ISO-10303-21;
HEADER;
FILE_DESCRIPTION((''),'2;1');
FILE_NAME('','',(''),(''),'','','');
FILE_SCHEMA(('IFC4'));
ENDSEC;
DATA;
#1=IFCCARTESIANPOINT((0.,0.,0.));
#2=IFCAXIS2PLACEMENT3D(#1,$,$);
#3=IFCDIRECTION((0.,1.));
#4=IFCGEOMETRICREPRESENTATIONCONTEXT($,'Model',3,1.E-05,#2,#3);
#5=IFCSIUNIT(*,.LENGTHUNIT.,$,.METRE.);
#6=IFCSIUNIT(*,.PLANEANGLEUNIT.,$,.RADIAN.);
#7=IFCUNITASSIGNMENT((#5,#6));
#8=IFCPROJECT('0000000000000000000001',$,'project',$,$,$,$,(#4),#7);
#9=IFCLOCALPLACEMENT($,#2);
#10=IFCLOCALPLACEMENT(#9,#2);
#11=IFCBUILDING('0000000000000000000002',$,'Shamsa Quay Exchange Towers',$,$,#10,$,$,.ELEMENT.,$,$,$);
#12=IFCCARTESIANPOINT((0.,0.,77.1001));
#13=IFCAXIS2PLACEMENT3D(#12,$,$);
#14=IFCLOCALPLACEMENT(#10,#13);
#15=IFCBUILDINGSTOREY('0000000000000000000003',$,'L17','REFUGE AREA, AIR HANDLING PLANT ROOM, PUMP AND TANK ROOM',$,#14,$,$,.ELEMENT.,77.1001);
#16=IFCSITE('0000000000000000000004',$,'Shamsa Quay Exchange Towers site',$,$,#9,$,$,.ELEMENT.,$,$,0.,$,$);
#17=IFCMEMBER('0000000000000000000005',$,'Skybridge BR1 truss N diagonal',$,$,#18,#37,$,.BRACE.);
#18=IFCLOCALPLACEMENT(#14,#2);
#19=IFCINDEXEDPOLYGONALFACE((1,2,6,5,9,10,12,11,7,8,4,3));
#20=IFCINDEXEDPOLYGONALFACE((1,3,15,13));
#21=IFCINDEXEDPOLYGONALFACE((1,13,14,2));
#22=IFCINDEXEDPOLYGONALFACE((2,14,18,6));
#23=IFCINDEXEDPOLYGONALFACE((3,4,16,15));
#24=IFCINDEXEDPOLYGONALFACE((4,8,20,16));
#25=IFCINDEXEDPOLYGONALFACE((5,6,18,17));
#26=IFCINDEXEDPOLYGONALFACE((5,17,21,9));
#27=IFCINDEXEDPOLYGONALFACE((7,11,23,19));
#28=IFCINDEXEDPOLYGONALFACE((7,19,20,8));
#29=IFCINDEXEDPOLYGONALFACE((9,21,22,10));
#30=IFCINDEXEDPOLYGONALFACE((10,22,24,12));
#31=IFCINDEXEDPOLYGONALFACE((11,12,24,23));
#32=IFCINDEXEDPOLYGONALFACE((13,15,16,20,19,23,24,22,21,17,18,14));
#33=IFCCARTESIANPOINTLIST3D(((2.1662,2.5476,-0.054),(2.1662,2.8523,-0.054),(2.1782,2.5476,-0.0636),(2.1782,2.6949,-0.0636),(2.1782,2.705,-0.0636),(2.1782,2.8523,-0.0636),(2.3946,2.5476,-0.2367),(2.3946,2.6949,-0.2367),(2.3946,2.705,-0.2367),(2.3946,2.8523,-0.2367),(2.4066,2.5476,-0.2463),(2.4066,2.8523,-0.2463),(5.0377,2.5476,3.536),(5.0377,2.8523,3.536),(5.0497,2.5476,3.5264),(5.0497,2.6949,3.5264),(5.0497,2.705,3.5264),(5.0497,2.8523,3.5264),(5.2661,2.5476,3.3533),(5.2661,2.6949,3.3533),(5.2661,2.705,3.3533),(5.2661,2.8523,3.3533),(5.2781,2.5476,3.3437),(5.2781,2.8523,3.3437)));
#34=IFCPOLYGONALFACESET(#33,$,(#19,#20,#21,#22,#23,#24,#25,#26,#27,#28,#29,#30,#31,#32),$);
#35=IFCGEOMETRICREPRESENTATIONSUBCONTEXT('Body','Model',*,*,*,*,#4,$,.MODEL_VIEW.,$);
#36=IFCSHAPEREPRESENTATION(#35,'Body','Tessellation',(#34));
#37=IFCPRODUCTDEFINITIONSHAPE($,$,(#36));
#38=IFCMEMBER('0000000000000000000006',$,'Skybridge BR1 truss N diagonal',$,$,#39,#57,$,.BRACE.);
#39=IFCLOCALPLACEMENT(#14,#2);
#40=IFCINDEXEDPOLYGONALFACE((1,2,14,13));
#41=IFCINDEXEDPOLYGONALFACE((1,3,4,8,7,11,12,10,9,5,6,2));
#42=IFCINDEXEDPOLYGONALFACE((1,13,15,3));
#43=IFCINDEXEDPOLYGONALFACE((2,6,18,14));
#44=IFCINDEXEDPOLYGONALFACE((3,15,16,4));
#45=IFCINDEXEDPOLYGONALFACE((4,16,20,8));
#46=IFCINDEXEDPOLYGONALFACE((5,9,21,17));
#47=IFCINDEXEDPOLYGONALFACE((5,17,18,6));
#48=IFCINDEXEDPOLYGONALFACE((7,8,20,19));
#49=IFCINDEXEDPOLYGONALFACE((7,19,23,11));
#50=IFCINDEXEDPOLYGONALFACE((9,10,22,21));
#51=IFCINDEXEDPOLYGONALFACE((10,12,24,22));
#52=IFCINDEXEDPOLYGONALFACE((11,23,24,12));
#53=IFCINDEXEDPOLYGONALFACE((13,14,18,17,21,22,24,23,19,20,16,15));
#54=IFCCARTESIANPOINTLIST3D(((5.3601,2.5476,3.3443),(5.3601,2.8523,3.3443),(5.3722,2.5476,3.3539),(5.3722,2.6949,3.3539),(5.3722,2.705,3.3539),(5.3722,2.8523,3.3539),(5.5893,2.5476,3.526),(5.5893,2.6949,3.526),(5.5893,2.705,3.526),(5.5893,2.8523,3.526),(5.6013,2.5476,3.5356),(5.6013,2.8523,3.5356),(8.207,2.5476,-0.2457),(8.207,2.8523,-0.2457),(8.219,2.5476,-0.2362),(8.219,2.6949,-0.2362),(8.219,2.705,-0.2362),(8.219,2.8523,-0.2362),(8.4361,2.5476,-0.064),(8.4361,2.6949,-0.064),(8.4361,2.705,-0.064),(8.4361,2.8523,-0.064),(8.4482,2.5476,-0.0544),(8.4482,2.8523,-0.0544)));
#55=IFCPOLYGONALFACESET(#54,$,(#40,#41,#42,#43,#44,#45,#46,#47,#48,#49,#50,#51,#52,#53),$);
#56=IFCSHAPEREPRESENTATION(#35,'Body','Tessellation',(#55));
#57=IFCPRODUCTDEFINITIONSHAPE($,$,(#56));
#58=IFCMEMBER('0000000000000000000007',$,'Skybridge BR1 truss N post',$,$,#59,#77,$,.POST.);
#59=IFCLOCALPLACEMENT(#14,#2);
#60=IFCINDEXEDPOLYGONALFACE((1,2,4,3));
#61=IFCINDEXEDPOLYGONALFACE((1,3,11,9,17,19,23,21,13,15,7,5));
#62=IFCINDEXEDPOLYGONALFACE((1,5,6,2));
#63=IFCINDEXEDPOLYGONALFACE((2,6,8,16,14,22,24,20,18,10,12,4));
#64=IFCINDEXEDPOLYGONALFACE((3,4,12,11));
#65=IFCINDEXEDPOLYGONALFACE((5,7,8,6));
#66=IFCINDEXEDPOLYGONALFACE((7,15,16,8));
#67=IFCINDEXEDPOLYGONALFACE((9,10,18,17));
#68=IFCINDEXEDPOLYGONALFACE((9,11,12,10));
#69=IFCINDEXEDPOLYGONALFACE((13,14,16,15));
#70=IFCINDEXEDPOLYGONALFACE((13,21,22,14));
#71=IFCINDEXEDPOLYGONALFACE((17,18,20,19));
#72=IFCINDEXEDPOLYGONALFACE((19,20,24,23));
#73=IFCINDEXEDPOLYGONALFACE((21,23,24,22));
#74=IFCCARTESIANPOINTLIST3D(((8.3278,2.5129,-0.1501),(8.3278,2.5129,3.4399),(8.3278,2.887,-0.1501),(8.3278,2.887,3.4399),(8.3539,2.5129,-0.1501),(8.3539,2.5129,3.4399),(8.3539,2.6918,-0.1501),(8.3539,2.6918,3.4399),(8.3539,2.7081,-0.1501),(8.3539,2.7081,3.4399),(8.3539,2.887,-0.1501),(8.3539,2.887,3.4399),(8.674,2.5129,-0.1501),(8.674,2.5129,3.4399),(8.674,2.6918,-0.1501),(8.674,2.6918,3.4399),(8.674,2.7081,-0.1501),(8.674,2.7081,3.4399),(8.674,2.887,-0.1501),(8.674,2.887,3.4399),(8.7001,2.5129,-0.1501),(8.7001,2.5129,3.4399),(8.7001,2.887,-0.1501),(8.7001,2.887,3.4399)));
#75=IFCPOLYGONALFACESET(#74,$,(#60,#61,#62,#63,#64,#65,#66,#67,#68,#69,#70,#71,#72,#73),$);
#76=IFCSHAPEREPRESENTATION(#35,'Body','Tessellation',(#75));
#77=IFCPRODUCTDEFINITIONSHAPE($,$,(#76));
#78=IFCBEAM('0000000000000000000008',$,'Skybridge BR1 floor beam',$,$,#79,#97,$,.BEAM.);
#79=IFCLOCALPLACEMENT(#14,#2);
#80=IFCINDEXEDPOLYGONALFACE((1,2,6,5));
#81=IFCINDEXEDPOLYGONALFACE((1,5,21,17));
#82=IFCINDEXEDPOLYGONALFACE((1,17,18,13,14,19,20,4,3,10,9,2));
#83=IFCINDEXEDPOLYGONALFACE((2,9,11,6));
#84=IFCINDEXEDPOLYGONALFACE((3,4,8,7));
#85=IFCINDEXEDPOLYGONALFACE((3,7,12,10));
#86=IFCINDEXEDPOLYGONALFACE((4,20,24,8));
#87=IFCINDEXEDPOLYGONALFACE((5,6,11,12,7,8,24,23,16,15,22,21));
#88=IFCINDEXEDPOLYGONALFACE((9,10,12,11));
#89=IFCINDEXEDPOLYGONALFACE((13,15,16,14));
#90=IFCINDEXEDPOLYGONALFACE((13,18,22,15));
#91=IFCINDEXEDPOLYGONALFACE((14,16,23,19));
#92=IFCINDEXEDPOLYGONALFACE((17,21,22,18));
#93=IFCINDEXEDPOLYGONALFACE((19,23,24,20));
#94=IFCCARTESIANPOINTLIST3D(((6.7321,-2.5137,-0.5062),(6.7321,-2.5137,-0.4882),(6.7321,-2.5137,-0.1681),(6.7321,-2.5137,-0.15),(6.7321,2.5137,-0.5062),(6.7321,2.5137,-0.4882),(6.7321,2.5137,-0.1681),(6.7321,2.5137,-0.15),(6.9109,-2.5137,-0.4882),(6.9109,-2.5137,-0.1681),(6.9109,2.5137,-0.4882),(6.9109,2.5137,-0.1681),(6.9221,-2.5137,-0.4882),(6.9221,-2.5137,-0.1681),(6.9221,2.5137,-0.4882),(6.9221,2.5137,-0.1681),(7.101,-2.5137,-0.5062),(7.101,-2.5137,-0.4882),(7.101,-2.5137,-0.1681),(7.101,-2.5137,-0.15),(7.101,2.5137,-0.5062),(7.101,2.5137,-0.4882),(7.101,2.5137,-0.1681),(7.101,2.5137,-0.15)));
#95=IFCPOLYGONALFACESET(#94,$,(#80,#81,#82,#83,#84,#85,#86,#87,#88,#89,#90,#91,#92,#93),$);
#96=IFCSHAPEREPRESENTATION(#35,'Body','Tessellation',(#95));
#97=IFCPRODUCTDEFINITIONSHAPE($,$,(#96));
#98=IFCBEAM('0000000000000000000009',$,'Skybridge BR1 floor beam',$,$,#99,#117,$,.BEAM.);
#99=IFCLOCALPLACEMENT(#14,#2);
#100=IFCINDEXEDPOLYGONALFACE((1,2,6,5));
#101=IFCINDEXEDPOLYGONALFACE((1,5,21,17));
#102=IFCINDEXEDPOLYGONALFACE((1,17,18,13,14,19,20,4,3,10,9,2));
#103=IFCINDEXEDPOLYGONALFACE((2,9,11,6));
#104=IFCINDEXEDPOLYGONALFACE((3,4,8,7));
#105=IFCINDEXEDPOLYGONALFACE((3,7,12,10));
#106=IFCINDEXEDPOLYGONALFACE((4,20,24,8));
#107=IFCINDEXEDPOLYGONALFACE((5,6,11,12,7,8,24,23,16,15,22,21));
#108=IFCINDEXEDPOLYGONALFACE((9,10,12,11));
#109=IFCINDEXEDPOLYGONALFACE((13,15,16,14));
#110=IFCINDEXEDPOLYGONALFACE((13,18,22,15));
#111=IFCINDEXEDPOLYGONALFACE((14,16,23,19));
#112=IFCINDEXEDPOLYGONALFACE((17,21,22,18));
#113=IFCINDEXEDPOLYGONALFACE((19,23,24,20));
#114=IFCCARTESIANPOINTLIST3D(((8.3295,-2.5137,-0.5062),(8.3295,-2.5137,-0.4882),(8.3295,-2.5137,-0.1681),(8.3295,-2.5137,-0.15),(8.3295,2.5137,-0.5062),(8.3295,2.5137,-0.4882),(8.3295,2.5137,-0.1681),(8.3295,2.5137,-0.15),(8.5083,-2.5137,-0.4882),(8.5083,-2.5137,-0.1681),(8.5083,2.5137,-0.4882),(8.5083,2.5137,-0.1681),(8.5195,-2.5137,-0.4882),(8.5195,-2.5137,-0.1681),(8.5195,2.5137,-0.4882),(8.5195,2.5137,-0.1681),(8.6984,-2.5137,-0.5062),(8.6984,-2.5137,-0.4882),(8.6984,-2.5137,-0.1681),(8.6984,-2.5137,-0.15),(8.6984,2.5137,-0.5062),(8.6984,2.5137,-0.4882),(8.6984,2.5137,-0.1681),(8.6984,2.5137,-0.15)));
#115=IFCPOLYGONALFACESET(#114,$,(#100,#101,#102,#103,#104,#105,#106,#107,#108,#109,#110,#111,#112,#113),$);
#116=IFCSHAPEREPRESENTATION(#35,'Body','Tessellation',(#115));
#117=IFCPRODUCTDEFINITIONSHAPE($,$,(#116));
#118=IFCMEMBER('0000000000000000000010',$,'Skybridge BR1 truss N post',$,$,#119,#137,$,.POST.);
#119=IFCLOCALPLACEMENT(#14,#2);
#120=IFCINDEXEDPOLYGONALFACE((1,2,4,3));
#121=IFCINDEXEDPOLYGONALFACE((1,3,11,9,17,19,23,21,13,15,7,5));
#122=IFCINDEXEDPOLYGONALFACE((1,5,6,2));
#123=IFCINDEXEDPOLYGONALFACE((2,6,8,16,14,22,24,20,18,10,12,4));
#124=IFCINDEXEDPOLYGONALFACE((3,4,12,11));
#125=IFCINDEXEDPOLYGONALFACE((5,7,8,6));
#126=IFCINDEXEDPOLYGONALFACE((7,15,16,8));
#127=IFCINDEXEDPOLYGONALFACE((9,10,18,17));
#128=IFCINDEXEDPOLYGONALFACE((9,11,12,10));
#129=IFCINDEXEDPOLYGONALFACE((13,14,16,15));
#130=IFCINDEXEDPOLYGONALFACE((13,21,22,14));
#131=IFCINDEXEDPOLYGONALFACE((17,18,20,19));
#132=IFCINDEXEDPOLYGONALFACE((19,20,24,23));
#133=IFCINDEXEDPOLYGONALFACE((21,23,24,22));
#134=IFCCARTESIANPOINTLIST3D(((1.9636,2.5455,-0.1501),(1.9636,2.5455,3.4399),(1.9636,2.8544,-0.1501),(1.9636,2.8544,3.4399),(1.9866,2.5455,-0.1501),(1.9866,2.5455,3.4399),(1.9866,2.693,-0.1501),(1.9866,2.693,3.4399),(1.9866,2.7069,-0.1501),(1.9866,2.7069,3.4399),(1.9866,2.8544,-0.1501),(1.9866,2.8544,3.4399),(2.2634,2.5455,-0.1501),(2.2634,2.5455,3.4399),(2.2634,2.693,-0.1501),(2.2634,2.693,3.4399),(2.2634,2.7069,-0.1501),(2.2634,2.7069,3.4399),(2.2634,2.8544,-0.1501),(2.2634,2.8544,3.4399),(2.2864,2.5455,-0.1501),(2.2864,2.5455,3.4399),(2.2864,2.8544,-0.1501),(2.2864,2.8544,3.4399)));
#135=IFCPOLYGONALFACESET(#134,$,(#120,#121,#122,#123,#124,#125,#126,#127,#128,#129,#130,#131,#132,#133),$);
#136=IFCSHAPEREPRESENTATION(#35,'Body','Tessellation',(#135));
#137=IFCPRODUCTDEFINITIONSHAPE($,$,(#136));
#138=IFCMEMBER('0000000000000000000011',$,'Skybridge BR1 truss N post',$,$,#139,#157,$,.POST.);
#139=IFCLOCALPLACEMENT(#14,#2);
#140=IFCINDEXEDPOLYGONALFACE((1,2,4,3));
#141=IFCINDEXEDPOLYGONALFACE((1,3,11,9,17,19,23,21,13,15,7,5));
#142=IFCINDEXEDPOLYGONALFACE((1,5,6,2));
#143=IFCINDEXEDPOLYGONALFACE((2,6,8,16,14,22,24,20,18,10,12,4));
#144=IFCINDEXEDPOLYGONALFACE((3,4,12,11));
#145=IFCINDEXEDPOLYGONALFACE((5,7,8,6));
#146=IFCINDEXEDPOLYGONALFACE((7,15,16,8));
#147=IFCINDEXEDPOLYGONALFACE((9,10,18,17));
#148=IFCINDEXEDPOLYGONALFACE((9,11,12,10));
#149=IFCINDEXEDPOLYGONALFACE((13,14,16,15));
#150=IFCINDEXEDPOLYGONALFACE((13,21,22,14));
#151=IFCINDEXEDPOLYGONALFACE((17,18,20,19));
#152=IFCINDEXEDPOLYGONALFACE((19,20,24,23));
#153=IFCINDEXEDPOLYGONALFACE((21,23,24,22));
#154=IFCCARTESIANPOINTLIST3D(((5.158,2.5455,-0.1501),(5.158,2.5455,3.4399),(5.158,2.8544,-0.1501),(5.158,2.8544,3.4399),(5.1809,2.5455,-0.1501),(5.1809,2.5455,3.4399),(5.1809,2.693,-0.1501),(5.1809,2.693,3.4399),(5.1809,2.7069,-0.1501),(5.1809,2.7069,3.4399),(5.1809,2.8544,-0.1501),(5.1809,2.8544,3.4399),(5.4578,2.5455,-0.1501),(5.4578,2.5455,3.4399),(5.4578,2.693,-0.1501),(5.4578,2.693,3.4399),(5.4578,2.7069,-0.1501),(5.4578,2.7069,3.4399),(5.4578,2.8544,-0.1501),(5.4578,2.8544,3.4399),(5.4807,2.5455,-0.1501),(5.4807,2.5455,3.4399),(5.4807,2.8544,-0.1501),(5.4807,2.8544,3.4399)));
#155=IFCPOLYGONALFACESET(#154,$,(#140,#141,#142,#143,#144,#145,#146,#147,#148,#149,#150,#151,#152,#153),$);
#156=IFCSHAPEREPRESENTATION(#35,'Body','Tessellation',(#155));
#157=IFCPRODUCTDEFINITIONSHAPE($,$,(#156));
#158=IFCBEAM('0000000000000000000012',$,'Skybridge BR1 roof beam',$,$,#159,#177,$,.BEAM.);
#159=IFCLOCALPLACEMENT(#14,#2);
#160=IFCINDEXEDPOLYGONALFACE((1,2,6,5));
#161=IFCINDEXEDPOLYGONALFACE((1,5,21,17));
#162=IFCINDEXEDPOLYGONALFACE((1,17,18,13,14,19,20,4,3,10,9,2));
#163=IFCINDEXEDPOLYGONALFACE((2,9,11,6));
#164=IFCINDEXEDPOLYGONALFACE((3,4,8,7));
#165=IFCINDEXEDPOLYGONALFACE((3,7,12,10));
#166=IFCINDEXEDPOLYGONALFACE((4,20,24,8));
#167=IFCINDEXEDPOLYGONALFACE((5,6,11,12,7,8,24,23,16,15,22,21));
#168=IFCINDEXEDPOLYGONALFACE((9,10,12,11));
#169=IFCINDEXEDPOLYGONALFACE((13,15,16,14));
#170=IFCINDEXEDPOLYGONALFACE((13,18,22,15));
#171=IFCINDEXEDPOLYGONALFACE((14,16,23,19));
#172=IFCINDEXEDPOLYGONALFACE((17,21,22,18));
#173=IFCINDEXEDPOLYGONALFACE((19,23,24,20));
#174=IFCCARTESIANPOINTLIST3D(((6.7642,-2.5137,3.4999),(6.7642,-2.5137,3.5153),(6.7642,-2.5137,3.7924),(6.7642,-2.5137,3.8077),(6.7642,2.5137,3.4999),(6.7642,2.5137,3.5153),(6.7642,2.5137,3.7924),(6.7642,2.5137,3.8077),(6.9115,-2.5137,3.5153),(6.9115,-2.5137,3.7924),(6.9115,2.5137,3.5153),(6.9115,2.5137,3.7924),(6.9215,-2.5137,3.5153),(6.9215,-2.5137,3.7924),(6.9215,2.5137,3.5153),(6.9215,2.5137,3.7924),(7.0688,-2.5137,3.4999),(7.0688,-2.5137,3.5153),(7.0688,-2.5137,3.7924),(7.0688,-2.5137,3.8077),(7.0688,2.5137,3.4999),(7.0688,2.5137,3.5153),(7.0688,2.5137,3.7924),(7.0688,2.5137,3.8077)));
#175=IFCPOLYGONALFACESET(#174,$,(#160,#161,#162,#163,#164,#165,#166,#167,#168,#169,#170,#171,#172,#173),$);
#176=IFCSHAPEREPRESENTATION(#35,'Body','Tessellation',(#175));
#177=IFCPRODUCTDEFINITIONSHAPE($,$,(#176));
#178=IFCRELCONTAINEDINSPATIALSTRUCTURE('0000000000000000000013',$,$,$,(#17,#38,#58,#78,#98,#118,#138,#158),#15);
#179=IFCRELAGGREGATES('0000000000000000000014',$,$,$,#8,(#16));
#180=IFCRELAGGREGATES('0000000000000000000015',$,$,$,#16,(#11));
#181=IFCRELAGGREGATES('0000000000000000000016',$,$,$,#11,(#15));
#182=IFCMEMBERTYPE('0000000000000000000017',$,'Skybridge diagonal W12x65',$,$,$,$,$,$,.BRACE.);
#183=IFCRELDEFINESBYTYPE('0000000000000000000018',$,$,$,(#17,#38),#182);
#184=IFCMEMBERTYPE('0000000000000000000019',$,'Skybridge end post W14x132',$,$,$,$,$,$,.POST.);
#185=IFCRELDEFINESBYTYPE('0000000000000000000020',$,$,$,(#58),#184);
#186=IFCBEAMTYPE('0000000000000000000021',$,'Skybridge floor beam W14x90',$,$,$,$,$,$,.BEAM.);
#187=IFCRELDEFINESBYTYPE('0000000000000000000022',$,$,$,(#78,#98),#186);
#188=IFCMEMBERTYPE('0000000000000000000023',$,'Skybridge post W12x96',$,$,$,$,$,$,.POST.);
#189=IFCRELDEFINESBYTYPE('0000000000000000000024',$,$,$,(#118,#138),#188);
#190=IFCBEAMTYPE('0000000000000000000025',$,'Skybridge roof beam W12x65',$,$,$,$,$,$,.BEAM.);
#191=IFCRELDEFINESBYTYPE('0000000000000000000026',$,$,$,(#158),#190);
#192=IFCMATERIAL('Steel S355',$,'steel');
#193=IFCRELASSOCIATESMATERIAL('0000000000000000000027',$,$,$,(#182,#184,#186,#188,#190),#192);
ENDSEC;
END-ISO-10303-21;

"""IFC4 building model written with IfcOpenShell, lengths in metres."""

from ifc_helpers import new_model, si_unit, direction, frame, origin, origin_2d, place, context, subcontext, project, spatial, i_section, extrude, material, material_profile, profile_set, type_object, element, save


model = new_model("IFC4")

# Units and contexts
model_context = context("Model", 3, precision=1e-05, world=origin(), true_north=direction((0.0, 1.0)))
body_context = subcontext(model_context, "Body", "Model", "MODEL_VIEW")
ifc_project = project(units=[si_unit("LENGTHUNIT", "METRE"), si_unit("PLANEANGLEUNIT", "RADIAN")], contexts=[model_context])

# Site, building, storey
site_placement = place(None, origin())
site = spatial("IfcSite", under=ifc_project, at=site_placement, Name="Shamsa Quay Exchange Towers site", CompositionType="ELEMENT", RefElevation=0.0)
building_placement = place(site_placement, origin())
building = spatial("IfcBuilding", under=site, at=building_placement, Name="Shamsa Quay Exchange Towers", CompositionType="ELEMENT")
storey_placement = place(building_placement, frame((0.0, 0.0, 77.1001)))
storey = spatial("IfcBuildingStorey", under=building, at=storey_placement, Name="L17", Description="REFUGE AREA, AIR HANDLING PLANT ROOM, PUMP AND TANK ROOM", CompositionType="ELEMENT", Elevation=77.1001)

# Members
ifc_material_1 = material(Name="Steel S355", Category="steel")
ifc_material_profile_1 = material_profile(ifc_material_1, i_section(OverallWidth=0.3047, OverallDepth=0.3079, WebThickness=0.01, FlangeThickness=0.0154, at=origin_2d()), Name="W12x65")
ifc_profile_set_1 = profile_set([ifc_material_profile_1], Name="Steel S355")
member_type_1 = type_object("IfcMemberType", Name="Skybridge diagonal W12x65", PredefinedType="BRACE", material=ifc_profile_set_1)
member_1_placement = place(storey_placement, frame((2.2864, 2.7, -0.1501), z_axis=(0.62463, 0.0, 0.780921), x_axis=(0.0, 1.0, 0.0)))
element("IfcMember", 1, at=member_1_placement, inside=storey, type_object=member_type_1, Name="Skybridge BR1 truss N diagonal", PredefinedType="BRACE", context=body_context, shape_type="SweptSolid", body=[
    extrude(i_section(OverallWidth=0.3047, OverallDepth=0.3079, WebThickness=0.01, FlangeThickness=0.0154, at=origin_2d()), origin(), (0.0, 0.0, 1.0), 4.5972),
])
member_2_placement = place(storey_placement, frame((5.4807, 2.7, 3.4399), z_axis=(0.621343, 0.0, -0.783539), x_axis=(0.0, 1.0, 0.0)))
element("IfcMember", 2, at=member_2_placement, inside=storey, type_object=member_type_1, Name="Skybridge BR1 truss N diagonal", PredefinedType="BRACE", context=body_context, shape_type="SweptSolid", body=[
    extrude(i_section(OverallWidth=0.3047, OverallDepth=0.3079, WebThickness=0.01, FlangeThickness=0.0154, at=origin_2d()), origin(), (0.0, 0.0, 1.0), 4.5818),
])
ifc_material_profile_2 = material_profile(ifc_material_1, i_section(OverallWidth=0.374, OverallDepth=0.3723, WebThickness=0.0164, FlangeThickness=0.0261, at=origin_2d()), Name="W14x132")
ifc_profile_set_2 = profile_set([ifc_material_profile_2], Name="Steel S355")
member_type_2 = type_object("IfcMemberType", Name="Skybridge end post W14x132", PredefinedType="POST", material=ifc_profile_set_2)
member_3_placement = place(storey_placement, frame((8.5139, 2.7, -0.1501), z_axis=(0.0, 0.0, 1.0), x_axis=(0.0, 1.0, 0.0)))
element("IfcMember", 3, at=member_3_placement, inside=storey, type_object=member_type_2, Name="Skybridge BR1 truss N post", PredefinedType="POST", context=body_context, shape_type="SweptSolid", body=[
    extrude(i_section(OverallWidth=0.374, OverallDepth=0.3723, WebThickness=0.0164, FlangeThickness=0.0261, at=origin_2d()), origin(), (0.0, 0.0, 1.0), 3.5901),
])

# Beams
ifc_material_profile_3 = material_profile(ifc_material_1, i_section(OverallWidth=0.3689, OverallDepth=0.3562, WebThickness=0.0112, FlangeThickness=0.0181, at=origin_2d()), Name="W14x90")
ifc_profile_set_3 = profile_set([ifc_material_profile_3], Name="Steel S355")
beam_type_1 = type_object("IfcBeamType", Name="Skybridge floor beam W14x90", PredefinedType="BEAM", material=ifc_profile_set_3)
for number, where, z_axis, x_axis, name in (
    (4, (6.9165, -2.5137, -0.3281), (0.0, 1.0, 0.0), (-1.0, 0.0, 0.0), "Skybridge BR1 floor beam"),
    (5, (8.5139, -2.5137, -0.3281), (0.0, 1.0, 0.0), (-1.0, 0.0, 0.0), "Skybridge BR1 floor beam"),
):
    element("IfcBeam", number, at=place(storey_placement, frame(where, z_axis=z_axis, x_axis=x_axis)), inside=storey, type_object=beam_type_1, Name=name, PredefinedType="BEAM", context=body_context, shape_type="SweptSolid", body=[
        extrude(i_section(OverallWidth=0.3689, OverallDepth=0.3562, WebThickness=0.0112, FlangeThickness=0.0181, at=origin_2d()), origin(), (0.0, 0.0, 1.0), 5.0273),
    ])

# Members
ifc_material_profile_4 = material_profile(ifc_material_1, i_section(OverallWidth=0.3088, OverallDepth=0.3228, WebThickness=0.0139, FlangeThickness=0.0229, at=origin_2d()), Name="W12x96")
ifc_profile_set_4 = profile_set([ifc_material_profile_4], Name="Steel S355")
member_type_3 = type_object("IfcMemberType", Name="Skybridge post W12x96", PredefinedType="POST", material=ifc_profile_set_4)
for number, where, z_axis, x_axis, name in (
    (6, (2.125, 2.7, -0.1501), (0.0, 0.0, 1.0), (0.0, 1.0, 0.0), "Skybridge BR1 truss N post"),
    (7, (5.3193, 2.7, -0.1501), (0.0, 0.0, 1.0), (0.0, 1.0, 0.0), "Skybridge BR1 truss N post"),
):
    element("IfcMember", number, at=place(storey_placement, frame(where, z_axis=z_axis, x_axis=x_axis)), inside=storey, type_object=member_type_3, Name=name, PredefinedType="POST", context=body_context, shape_type="SweptSolid", body=[
        extrude(i_section(OverallWidth=0.3088, OverallDepth=0.3228, WebThickness=0.0139, FlangeThickness=0.0229, at=origin_2d()), origin(), (0.0, 0.0, 1.0), 3.5901),
    ])

# Beam
ifc_material_profile_5 = material_profile(ifc_material_1, i_section(OverallWidth=0.3047, OverallDepth=0.3079, WebThickness=0.01, FlangeThickness=0.0154, at=origin_2d()), Name="W12x65")
ifc_profile_set_5 = profile_set([ifc_material_profile_5], Name="Steel S355")
beam_type_2 = type_object("IfcBeamType", Name="Skybridge roof beam W12x65", PredefinedType="BEAM", material=ifc_profile_set_5)
for number, where, z_axis, x_axis, name in (
    (8, (6.9165, -2.5137, 3.6538), (0.0, 1.0, 0.0), (-1.0, 0.0, 0.0), "Skybridge BR1 roof beam"),
):
    element("IfcBeam", number, at=place(storey_placement, frame(where, z_axis=z_axis, x_axis=x_axis)), inside=storey, type_object=beam_type_2, Name=name, PredefinedType="BEAM", context=body_context, shape_type="SweptSolid", body=[
        extrude(i_section(OverallWidth=0.3047, OverallDepth=0.3079, WebThickness=0.01, FlangeThickness=0.0154, at=origin_2d()), origin(), (0.0, 0.0, 1.0), 5.0273),
    ])

save(model, "model.ifc")
